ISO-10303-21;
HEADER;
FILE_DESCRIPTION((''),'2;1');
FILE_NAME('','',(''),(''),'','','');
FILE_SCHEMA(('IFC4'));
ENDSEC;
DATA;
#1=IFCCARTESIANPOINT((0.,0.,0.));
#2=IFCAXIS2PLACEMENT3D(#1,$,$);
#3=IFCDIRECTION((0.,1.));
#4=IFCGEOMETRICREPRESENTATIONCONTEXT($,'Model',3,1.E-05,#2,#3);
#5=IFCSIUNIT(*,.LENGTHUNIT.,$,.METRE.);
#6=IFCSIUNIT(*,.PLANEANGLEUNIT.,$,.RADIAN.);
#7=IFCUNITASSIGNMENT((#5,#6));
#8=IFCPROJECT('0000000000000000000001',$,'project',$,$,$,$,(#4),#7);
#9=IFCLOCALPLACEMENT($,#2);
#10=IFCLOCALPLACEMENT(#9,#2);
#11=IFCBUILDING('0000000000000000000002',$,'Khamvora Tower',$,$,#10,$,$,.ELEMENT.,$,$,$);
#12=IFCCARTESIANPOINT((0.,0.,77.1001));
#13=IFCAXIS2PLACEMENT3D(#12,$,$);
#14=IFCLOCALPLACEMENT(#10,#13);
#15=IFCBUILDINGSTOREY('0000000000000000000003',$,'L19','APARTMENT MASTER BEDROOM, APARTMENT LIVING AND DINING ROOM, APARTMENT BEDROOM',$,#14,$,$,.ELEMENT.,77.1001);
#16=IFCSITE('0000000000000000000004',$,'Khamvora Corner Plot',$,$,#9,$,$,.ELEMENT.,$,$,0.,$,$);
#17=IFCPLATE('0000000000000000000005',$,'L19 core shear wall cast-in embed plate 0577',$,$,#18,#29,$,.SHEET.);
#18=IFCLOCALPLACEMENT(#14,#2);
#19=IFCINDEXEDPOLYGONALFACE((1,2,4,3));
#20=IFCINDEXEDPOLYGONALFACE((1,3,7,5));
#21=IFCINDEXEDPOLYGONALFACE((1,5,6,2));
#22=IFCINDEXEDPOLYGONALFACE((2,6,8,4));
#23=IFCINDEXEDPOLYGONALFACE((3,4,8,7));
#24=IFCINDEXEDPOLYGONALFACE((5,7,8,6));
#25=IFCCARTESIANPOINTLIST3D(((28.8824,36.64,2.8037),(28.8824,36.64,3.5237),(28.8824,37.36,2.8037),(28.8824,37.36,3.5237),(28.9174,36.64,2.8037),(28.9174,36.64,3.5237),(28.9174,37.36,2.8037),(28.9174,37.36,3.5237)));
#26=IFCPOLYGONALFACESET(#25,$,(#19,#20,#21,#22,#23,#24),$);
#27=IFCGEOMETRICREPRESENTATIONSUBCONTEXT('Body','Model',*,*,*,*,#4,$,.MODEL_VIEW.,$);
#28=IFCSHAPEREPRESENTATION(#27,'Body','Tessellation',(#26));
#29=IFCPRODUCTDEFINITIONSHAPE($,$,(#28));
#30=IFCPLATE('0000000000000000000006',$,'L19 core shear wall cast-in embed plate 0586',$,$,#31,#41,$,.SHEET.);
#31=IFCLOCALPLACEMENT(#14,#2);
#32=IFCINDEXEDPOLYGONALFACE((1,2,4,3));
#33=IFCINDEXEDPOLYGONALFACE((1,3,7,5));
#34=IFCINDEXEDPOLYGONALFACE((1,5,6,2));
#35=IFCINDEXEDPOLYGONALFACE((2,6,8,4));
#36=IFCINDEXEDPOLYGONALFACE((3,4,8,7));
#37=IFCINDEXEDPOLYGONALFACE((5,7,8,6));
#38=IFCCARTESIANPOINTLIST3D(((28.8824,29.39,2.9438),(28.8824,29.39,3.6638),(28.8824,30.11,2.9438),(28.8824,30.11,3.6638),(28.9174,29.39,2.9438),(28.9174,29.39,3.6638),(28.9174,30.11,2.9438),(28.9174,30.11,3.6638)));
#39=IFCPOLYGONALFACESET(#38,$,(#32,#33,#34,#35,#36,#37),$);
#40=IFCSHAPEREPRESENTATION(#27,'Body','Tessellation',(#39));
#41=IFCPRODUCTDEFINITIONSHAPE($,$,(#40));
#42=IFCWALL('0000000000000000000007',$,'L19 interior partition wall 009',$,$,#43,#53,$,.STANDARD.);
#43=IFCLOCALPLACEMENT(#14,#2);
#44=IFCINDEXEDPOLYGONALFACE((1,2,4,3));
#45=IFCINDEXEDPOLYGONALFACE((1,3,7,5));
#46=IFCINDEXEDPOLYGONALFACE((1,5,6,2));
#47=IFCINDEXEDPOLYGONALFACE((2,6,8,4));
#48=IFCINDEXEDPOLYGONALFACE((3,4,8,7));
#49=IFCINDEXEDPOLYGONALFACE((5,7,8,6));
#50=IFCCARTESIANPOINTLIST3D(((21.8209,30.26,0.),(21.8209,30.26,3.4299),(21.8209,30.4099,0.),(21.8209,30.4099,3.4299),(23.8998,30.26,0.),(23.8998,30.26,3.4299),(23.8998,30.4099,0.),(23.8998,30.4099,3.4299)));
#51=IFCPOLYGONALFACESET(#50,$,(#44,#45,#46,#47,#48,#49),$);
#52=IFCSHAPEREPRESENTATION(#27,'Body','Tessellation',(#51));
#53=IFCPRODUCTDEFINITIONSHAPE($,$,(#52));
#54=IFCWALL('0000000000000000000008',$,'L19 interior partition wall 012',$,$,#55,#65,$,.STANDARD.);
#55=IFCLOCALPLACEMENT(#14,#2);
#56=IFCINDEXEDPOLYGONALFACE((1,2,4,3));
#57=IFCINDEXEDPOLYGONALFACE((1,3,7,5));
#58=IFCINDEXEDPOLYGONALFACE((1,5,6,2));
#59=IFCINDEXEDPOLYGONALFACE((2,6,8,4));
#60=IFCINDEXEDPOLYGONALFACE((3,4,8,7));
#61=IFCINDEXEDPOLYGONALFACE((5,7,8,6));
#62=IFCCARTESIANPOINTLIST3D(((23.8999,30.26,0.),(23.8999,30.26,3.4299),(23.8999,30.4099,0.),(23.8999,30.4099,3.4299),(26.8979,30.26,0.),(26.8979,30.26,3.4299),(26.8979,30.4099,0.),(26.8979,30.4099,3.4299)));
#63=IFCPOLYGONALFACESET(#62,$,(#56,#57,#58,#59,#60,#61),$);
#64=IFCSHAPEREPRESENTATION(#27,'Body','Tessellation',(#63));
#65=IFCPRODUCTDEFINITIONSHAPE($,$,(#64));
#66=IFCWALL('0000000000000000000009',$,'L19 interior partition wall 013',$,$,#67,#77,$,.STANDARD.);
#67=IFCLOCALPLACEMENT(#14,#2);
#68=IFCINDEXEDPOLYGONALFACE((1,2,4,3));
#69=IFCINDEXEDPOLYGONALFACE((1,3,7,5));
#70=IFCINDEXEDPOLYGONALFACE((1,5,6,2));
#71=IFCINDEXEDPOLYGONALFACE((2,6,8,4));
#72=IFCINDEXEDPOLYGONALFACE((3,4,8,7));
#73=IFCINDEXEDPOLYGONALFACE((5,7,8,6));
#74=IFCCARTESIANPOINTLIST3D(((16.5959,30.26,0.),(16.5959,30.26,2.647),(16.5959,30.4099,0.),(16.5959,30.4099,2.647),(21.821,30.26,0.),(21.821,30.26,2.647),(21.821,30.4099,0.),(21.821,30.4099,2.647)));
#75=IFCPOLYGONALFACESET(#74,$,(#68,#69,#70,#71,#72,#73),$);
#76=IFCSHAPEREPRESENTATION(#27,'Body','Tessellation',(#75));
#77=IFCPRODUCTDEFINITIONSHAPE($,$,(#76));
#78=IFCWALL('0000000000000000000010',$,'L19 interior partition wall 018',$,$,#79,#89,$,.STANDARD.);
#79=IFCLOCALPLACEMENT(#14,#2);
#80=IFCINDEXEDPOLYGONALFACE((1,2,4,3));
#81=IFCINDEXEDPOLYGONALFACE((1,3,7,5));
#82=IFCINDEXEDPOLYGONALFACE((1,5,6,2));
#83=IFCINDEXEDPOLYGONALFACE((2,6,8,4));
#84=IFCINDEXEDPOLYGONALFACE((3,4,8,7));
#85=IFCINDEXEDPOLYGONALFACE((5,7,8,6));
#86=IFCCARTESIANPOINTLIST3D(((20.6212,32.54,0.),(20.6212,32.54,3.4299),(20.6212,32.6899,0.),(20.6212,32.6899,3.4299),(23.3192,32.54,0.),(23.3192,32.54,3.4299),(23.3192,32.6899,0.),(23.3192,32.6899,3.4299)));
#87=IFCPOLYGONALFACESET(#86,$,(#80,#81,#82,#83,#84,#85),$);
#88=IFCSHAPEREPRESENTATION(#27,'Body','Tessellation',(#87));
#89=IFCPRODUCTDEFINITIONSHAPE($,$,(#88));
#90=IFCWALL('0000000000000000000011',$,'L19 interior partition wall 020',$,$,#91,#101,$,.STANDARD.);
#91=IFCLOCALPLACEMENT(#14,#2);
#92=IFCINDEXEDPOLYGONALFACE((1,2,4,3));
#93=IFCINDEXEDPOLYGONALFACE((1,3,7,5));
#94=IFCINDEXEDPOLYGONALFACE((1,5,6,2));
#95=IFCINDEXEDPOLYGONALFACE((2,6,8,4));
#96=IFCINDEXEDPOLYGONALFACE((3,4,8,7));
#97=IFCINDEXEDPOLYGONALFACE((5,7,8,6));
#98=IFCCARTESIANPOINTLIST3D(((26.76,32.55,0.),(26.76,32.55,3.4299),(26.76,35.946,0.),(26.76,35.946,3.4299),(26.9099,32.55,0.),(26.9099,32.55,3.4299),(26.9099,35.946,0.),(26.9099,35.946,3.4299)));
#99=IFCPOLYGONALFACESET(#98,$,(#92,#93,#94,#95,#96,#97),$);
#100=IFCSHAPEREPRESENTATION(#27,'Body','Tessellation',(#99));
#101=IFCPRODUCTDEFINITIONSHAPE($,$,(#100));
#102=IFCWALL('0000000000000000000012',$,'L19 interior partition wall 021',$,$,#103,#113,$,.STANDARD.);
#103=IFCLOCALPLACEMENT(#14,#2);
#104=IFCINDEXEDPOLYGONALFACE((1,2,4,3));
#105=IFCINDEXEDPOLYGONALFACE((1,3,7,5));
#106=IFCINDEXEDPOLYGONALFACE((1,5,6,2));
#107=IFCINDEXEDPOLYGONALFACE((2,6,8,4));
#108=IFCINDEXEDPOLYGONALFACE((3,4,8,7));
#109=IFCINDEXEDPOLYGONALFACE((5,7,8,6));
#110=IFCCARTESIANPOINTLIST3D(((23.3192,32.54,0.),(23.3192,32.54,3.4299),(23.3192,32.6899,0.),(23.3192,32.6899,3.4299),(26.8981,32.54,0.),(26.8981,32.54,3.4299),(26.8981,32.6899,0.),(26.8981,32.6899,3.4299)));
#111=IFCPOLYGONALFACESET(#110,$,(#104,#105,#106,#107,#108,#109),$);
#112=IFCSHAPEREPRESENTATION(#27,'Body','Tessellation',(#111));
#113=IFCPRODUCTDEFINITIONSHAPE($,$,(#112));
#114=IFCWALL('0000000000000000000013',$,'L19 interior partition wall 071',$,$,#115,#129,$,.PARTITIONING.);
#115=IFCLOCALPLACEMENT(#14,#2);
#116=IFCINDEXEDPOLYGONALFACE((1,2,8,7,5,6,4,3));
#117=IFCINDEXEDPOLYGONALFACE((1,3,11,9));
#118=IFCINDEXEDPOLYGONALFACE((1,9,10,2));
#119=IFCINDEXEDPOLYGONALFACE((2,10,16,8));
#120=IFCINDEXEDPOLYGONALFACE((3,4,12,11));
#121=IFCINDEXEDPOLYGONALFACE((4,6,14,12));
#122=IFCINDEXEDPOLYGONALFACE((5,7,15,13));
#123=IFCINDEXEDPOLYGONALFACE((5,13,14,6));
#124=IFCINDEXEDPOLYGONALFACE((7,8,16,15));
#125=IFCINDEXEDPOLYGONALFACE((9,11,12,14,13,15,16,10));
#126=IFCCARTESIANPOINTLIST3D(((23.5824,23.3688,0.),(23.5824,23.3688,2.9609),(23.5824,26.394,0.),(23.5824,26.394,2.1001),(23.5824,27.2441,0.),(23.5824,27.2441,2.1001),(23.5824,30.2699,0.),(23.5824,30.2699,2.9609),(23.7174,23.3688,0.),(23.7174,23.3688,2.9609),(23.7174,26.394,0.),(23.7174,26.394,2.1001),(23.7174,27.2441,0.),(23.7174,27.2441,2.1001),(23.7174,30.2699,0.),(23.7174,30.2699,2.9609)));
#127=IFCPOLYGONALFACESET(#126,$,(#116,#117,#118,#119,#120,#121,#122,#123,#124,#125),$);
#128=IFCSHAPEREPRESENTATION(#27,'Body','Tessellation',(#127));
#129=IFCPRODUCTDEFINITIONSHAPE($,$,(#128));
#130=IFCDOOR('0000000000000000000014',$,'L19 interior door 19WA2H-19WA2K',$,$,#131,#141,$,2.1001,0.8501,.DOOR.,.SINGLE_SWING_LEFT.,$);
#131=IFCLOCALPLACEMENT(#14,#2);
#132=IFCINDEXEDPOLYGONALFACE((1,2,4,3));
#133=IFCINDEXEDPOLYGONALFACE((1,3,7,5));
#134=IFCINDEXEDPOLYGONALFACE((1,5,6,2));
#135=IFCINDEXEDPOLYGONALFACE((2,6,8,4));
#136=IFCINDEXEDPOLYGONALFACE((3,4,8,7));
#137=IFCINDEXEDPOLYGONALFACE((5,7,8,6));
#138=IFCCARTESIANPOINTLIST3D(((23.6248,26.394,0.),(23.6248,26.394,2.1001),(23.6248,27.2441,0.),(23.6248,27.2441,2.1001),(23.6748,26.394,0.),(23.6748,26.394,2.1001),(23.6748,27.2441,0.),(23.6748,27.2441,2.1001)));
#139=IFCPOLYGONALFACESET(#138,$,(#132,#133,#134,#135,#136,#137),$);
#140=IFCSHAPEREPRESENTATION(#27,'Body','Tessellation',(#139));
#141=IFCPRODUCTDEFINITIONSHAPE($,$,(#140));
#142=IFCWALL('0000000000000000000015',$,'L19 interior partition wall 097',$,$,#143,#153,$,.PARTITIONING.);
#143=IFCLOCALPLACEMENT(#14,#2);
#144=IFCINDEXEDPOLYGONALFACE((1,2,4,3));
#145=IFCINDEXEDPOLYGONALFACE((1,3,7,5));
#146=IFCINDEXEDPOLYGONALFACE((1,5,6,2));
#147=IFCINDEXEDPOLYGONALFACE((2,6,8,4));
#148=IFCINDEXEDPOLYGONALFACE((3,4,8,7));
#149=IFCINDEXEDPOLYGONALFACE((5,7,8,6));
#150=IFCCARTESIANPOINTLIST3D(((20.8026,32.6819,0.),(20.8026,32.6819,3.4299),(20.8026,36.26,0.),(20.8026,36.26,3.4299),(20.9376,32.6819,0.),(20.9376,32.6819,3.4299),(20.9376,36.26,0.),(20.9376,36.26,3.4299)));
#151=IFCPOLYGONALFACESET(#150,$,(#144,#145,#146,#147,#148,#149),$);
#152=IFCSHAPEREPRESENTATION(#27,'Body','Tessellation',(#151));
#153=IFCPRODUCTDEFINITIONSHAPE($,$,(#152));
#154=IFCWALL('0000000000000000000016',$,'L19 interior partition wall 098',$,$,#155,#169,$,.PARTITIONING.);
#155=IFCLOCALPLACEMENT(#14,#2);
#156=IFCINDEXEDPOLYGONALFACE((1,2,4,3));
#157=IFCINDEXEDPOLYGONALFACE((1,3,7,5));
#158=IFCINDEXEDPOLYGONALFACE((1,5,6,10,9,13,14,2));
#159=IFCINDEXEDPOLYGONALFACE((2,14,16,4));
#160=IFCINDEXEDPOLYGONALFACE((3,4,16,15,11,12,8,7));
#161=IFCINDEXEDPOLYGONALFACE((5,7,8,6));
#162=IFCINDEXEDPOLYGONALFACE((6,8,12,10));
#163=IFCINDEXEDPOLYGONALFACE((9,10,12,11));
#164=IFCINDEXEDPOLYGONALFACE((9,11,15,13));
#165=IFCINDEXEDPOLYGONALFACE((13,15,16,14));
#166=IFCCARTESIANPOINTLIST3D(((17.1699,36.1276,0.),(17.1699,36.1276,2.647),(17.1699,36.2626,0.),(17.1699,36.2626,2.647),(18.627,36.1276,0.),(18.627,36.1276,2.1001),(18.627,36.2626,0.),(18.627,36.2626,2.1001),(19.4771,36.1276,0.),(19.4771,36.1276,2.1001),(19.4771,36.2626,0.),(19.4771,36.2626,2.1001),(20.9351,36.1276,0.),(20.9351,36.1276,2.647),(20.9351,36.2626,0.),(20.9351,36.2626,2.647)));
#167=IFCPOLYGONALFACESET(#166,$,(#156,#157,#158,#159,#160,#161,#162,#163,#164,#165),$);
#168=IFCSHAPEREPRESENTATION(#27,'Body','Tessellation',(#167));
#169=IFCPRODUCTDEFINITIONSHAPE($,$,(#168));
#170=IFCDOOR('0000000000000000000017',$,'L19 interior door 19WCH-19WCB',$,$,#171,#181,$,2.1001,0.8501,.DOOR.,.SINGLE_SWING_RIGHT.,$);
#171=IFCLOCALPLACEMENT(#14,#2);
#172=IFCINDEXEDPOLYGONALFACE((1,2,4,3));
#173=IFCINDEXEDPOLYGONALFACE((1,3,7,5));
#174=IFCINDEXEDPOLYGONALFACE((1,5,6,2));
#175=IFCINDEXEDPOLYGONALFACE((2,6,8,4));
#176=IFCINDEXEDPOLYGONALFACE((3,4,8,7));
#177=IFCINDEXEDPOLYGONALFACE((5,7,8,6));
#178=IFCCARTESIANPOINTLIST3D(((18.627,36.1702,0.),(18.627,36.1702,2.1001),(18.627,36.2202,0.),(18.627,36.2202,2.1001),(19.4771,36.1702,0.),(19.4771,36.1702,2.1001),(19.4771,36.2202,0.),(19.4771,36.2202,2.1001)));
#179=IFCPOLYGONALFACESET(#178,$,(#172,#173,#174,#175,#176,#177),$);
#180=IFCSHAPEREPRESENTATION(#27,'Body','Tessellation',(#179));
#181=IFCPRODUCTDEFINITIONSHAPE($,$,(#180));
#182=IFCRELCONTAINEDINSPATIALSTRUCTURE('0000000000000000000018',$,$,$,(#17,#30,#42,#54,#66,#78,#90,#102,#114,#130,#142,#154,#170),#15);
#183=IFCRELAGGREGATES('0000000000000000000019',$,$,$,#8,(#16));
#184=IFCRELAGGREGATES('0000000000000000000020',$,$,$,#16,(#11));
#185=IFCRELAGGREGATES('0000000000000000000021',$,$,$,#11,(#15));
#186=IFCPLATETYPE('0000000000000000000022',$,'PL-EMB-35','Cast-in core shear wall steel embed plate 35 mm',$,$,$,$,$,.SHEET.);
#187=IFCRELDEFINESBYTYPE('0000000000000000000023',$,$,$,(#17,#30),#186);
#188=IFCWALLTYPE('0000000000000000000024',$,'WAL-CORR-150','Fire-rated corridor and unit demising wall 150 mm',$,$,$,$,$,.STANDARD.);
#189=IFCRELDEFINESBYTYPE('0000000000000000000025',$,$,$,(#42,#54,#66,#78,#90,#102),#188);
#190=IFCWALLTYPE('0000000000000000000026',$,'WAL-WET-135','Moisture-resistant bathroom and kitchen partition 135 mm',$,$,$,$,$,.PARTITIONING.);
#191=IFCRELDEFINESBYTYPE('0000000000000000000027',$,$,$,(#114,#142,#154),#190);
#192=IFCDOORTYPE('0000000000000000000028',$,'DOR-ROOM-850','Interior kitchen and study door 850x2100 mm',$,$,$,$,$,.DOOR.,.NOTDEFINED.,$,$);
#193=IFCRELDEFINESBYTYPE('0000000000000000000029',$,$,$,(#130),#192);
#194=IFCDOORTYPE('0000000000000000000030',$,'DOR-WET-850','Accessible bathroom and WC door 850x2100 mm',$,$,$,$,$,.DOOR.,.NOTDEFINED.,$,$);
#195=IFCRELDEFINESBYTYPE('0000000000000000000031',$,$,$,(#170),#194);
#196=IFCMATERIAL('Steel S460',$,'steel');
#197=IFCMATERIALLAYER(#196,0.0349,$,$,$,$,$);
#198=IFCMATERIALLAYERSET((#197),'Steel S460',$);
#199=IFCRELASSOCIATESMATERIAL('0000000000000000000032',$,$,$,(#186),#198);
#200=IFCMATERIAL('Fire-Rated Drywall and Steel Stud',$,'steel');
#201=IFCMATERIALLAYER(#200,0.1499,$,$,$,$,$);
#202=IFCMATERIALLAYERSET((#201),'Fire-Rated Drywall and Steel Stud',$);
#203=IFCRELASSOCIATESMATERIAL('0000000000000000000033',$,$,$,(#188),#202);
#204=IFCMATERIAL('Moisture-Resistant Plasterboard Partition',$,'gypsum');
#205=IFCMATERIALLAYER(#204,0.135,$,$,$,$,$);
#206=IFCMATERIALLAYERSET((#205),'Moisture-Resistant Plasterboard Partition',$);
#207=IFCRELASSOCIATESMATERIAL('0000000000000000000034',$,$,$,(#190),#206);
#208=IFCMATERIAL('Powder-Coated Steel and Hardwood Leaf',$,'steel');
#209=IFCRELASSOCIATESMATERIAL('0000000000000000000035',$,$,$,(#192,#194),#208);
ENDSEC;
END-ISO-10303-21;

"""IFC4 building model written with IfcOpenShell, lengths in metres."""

from ifc_helpers import new_model, si_unit, direction, frame, frame_2d, origin, origin_2d, place, context, subcontext, project, spatial, rectangle, extrude, material, layer, layer_set, type_object, element, fill, save


model = new_model("IFC4")

# Units and contexts
model_context = context("Model", 3, precision=1e-05, world=origin(), true_north=direction((0.0, 1.0)))
body_context = subcontext(model_context, "Body", "Model", "MODEL_VIEW")
ifc_project = project(units=[si_unit("LENGTHUNIT", "METRE"), si_unit("PLANEANGLEUNIT", "RADIAN")], contexts=[model_context])

# Site, building, storey
site_placement = place(None, origin())
site = spatial("IfcSite", under=ifc_project, at=site_placement, Name="Khamvora Corner Plot", CompositionType="ELEMENT", RefElevation=0.0)
building_placement = place(site_placement, origin())
building = spatial("IfcBuilding", under=site, at=building_placement, Name="Khamvora Tower", CompositionType="ELEMENT")
storey_placement = place(building_placement, frame((0.0, 0.0, 77.1001)))
storey = spatial("IfcBuildingStorey", under=building, at=storey_placement, Name="L19", Description="APARTMENT MASTER BEDROOM, APARTMENT LIVING AND DINING ROOM, APARTMENT BEDROOM", CompositionType="ELEMENT", Elevation=77.1001)

# Shared definitions
ifc_material_1 = material(Name="Steel S460", Category="steel")

# Plates
ifc_layer_1 = layer(ifc_material_1, 0.0349)
ifc_layer_set_1 = layer_set([ifc_layer_1], Name="Steel S460")
plate_type = type_object("IfcPlateType", Name="PL-EMB-35", Description="Cast-in core shear wall steel embed plate 35 mm", PredefinedType="SHEET", material=ifc_layer_set_1)
for number, where, z_axis, x_axis, name in (
    (1, (28.8999, 37.0, 2.8037), (0.0, 0.0, 1.0), (1.0, 0.0, 0.0), "L19 core shear wall cast-in embed plate 0577"),
    (2, (28.8999, 29.75, 2.9438), (0.0, 0.0, 1.0), (1.0, 0.0, 0.0), "L19 core shear wall cast-in embed plate 0586"),
):
    element("IfcPlate", number, at=place(storey_placement, frame(where, z_axis=z_axis, x_axis=x_axis)), inside=storey, type_object=plate_type, Name=name, PredefinedType="SHEET", context=body_context, shape_type="SweptSolid", body=[
        extrude(rectangle(XDim=0.0349, YDim=0.72, at=origin_2d()), origin(), (0.0, 0.0, 1.0), 0.72),
    ])

# Walls
ifc_material_2 = material(Name="Fire-Rated Drywall and Steel Stud", Category="steel")
ifc_layer_2 = layer(ifc_material_2, 0.1499)
ifc_layer_set_2 = layer_set([ifc_layer_2], Name="Fire-Rated Drywall and Steel Stud")
wall_type_1 = type_object("IfcWallType", Name="WAL-CORR-150", Description="Fire-rated corridor and unit demising wall 150 mm", PredefinedType="STANDARD", material=ifc_layer_set_2)
wall_1_placement = place(storey_placement, frame((23.8999, 30.335, 0.0), z_axis=(0.0, 0.0, 1.0), x_axis=(-1.0, 0.0, 0.0)))
element("IfcWall", 3, at=wall_1_placement, inside=storey, type_object=wall_type_1, Name="L19 interior partition wall 009", PredefinedType="STANDARD", context=body_context, shape_type="SweptSolid", body=[
    extrude(rectangle(XDim=2.0789, YDim=0.1499, at=frame_2d((1.0396, 0.0))), origin(), (0.0, 0.0, 1.0), 3.4299),
])
wall_2_placement = place(storey_placement, frame((26.8979, 30.335, 0.0), z_axis=(0.0, 0.0, 1.0), x_axis=(-1.0, 0.0, 0.0)))
element("IfcWall", 4, at=wall_2_placement, inside=storey, type_object=wall_type_1, Name="L19 interior partition wall 012", PredefinedType="STANDARD", context=body_context, shape_type="SweptSolid", body=[
    extrude(rectangle(XDim=2.998, YDim=0.1499, at=frame_2d((1.499, 0.0))), origin(), (0.0, 0.0, 1.0), 3.4299),
])
wall_3_placement = place(storey_placement, frame((21.821, 30.335, 0.0), z_axis=(0.0, 0.0, 1.0), x_axis=(-1.0, 0.0, 0.0)))
element("IfcWall", 5, at=wall_3_placement, inside=storey, type_object=wall_type_1, Name="L19 interior partition wall 013", PredefinedType="STANDARD", context=body_context, shape_type="SweptSolid", body=[
    extrude(rectangle(XDim=5.2251, YDim=0.1499, at=frame_2d((2.6125, 0.0))), origin(), (0.0, 0.0, 1.0), 2.647),
])

# Shared definitions
ifc_material_3 = material(Name="Powder-Coated Steel and Hardwood Leaf", Category="steel")

# Walls
wall_4_placement = place(storey_placement, frame((20.6211, 32.615, 0.0), z_axis=(0.0, 0.0, 1.0), x_axis=(1.0, 0.0, 0.0)))
element("IfcWall", 6, at=wall_4_placement, inside=storey, type_object=wall_type_1, Name="L19 interior partition wall 018", PredefinedType="STANDARD", context=body_context, shape_type="SweptSolid", body=[
    extrude(rectangle(XDim=2.698, YDim=0.1499, at=frame_2d((1.3491, 0.0))), origin(), (0.0, 0.0, 1.0), 3.4299),
])
wall_5_placement = place(storey_placement, frame((26.835, 32.55, 0.0), z_axis=(0.0, 0.0, 1.0), x_axis=(0.0, 1.0, 0.0)))
element("IfcWall", 7, at=wall_5_placement, inside=storey, type_object=wall_type_1, Name="L19 interior partition wall 020", PredefinedType="STANDARD", context=body_context, shape_type="SweptSolid", body=[
    extrude(rectangle(XDim=3.396, YDim=0.1499, at=frame_2d((1.698, 0.0))), origin(), (0.0, 0.0, 1.0), 3.4299),
])
wall_6_placement = place(storey_placement, frame((23.3191, 32.615, 0.0), z_axis=(0.0, 0.0, 1.0), x_axis=(1.0, 0.0, 0.0)))
element("IfcWall", 8, at=wall_6_placement, inside=storey, type_object=wall_type_1, Name="L19 interior partition wall 021", PredefinedType="STANDARD", context=body_context, shape_type="SweptSolid", body=[
    extrude(rectangle(XDim=3.5789, YDim=0.1499, at=frame_2d((1.7896, 0.0))), origin(), (0.0, 0.0, 1.0), 3.4299),
])

# Wall, opening, door
ifc_material_4 = material(Name="Moisture-Resistant Plasterboard Partition", Category="gypsum")
ifc_layer_3 = layer(ifc_material_4, 0.135)
ifc_layer_set_3 = layer_set([ifc_layer_3], Name="Moisture-Resistant Plasterboard Partition")
wall_type_2 = type_object("IfcWallType", Name="WAL-WET-135", Description="Moisture-resistant bathroom and kitchen partition 135 mm", PredefinedType="PARTITIONING", material=ifc_layer_set_3)
wall_7_placement = place(storey_placement, frame((23.6499, 30.27, 0.0), z_axis=(0.0, 0.0, 1.0), x_axis=(0.0, -1.0, 0.0)))
wall_7 = element("IfcWall", 9, at=wall_7_placement, inside=storey, type_object=wall_type_2, Name="L19 interior partition wall 071", PredefinedType="PARTITIONING", context=body_context, shape_type="SweptSolid", body=[
    extrude(rectangle(XDim=6.9011, YDim=0.135, at=frame_2d((3.4507, 0.0))), origin(), (0.0, 0.0, 1.0), 2.9609),
])
opening_1_placement = place(wall_7_placement, frame((3.0259, 0.0, 0.0)))
opening_1 = element("IfcOpeningElement", 10, at=opening_1_placement, cuts=wall_7, PredefinedType="OPENING", context=body_context, shape_type="SweptSolid", body=[
    extrude(rectangle(XDim=0.8501, YDim=2.1001, at=frame_2d((0.425, 1.05))), frame((0.0, 0.0774, 0.0), z_axis=(0.0, -1.0, 0.0), x_axis=(1.0, 0.0, 0.0)), (0.0, 0.0, 1.0), 0.155),
])
door_type_1 = type_object("IfcDoorType", Name="DOR-ROOM-850", Description="Interior kitchen and study door 850x2100 mm", OperationType="NOTDEFINED", PredefinedType="DOOR", material=ifc_material_3)
door_1_placement = place(opening_1_placement, origin())
door_1 = element("IfcDoor", 11, at=door_1_placement, inside=storey, type_object=door_type_1, Name="L19 interior door 19WA2H-19WA2K", OperationType="SINGLE_SWING_LEFT", OverallHeight=2.1001, OverallWidth=0.8501, PredefinedType="DOOR", context=body_context, shape_type="SweptSolid", body=[
    extrude(rectangle(XDim=0.8501, YDim=2.1001, at=frame_2d((0.425, 1.05))), frame((0.0, 0.0249, 0.0), z_axis=(0.0, -1.0, 0.0), x_axis=(1.0, 0.0, 0.0)), (0.0, 0.0, 1.0), 0.05),
])
fill(opening_1, door_1)

# Wall
wall_8_placement = place(storey_placement, frame((20.8701, 32.6819, 0.0), z_axis=(0.0, 0.0, 1.0), x_axis=(0.0, 1.0, 0.0)))
element("IfcWall", 12, at=wall_8_placement, inside=storey, type_object=wall_type_2, Name="L19 interior partition wall 097", PredefinedType="PARTITIONING", context=body_context, shape_type="SweptSolid", body=[
    extrude(rectangle(XDim=3.5781, YDim=0.135, at=frame_2d((1.7891, 0.0))), origin(), (0.0, 0.0, 1.0), 3.4299),
])

# Wall, opening, door
wall_9_placement = place(storey_placement, frame((20.9351, 36.1951, 0.0), z_axis=(0.0, 0.0, 1.0), x_axis=(-1.0, 0.0, 0.0)))
wall_9 = element("IfcWall", 13, at=wall_9_placement, inside=storey, type_object=wall_type_2, Name="L19 interior partition wall 098", PredefinedType="PARTITIONING", context=body_context, shape_type="SweptSolid", body=[
    extrude(rectangle(XDim=3.7651, YDim=0.135, at=frame_2d((1.8826, 0.0))), origin(), (0.0, 0.0, 1.0), 2.647),
])
opening_2_placement = place(wall_9_placement, frame((1.458, 0.0, 0.0)))
opening_2 = element("IfcOpeningElement", 14, at=opening_2_placement, cuts=wall_9, PredefinedType="OPENING", context=body_context, shape_type="SweptSolid", body=[
    extrude(rectangle(XDim=0.8501, YDim=2.1001, at=frame_2d((0.425, 1.05))), frame((0.0, 0.0774, 0.0), z_axis=(0.0, -1.0, 0.0), x_axis=(1.0, 0.0, 0.0)), (0.0, 0.0, 1.0), 0.155),
])
door_type_2 = type_object("IfcDoorType", Name="DOR-WET-850", Description="Accessible bathroom and WC door 850x2100 mm", OperationType="NOTDEFINED", PredefinedType="DOOR", material=ifc_material_3)
door_2_placement = place(opening_2_placement, origin())
door_2 = element("IfcDoor", 15, at=door_2_placement, inside=storey, type_object=door_type_2, Name="L19 interior door 19WCH-19WCB", OperationType="SINGLE_SWING_RIGHT", OverallHeight=2.1001, OverallWidth=0.8501, PredefinedType="DOOR", context=body_context, shape_type="SweptSolid", body=[
    extrude(rectangle(XDim=0.8501, YDim=2.1001, at=frame_2d((0.425, 1.05))), frame((0.0, 0.0249, 0.0), z_axis=(0.0, -1.0, 0.0), x_axis=(1.0, 0.0, 0.0)), (0.0, 0.0, 1.0), 0.05),
])
fill(opening_2, door_2)

save(model, "model.ifc")
